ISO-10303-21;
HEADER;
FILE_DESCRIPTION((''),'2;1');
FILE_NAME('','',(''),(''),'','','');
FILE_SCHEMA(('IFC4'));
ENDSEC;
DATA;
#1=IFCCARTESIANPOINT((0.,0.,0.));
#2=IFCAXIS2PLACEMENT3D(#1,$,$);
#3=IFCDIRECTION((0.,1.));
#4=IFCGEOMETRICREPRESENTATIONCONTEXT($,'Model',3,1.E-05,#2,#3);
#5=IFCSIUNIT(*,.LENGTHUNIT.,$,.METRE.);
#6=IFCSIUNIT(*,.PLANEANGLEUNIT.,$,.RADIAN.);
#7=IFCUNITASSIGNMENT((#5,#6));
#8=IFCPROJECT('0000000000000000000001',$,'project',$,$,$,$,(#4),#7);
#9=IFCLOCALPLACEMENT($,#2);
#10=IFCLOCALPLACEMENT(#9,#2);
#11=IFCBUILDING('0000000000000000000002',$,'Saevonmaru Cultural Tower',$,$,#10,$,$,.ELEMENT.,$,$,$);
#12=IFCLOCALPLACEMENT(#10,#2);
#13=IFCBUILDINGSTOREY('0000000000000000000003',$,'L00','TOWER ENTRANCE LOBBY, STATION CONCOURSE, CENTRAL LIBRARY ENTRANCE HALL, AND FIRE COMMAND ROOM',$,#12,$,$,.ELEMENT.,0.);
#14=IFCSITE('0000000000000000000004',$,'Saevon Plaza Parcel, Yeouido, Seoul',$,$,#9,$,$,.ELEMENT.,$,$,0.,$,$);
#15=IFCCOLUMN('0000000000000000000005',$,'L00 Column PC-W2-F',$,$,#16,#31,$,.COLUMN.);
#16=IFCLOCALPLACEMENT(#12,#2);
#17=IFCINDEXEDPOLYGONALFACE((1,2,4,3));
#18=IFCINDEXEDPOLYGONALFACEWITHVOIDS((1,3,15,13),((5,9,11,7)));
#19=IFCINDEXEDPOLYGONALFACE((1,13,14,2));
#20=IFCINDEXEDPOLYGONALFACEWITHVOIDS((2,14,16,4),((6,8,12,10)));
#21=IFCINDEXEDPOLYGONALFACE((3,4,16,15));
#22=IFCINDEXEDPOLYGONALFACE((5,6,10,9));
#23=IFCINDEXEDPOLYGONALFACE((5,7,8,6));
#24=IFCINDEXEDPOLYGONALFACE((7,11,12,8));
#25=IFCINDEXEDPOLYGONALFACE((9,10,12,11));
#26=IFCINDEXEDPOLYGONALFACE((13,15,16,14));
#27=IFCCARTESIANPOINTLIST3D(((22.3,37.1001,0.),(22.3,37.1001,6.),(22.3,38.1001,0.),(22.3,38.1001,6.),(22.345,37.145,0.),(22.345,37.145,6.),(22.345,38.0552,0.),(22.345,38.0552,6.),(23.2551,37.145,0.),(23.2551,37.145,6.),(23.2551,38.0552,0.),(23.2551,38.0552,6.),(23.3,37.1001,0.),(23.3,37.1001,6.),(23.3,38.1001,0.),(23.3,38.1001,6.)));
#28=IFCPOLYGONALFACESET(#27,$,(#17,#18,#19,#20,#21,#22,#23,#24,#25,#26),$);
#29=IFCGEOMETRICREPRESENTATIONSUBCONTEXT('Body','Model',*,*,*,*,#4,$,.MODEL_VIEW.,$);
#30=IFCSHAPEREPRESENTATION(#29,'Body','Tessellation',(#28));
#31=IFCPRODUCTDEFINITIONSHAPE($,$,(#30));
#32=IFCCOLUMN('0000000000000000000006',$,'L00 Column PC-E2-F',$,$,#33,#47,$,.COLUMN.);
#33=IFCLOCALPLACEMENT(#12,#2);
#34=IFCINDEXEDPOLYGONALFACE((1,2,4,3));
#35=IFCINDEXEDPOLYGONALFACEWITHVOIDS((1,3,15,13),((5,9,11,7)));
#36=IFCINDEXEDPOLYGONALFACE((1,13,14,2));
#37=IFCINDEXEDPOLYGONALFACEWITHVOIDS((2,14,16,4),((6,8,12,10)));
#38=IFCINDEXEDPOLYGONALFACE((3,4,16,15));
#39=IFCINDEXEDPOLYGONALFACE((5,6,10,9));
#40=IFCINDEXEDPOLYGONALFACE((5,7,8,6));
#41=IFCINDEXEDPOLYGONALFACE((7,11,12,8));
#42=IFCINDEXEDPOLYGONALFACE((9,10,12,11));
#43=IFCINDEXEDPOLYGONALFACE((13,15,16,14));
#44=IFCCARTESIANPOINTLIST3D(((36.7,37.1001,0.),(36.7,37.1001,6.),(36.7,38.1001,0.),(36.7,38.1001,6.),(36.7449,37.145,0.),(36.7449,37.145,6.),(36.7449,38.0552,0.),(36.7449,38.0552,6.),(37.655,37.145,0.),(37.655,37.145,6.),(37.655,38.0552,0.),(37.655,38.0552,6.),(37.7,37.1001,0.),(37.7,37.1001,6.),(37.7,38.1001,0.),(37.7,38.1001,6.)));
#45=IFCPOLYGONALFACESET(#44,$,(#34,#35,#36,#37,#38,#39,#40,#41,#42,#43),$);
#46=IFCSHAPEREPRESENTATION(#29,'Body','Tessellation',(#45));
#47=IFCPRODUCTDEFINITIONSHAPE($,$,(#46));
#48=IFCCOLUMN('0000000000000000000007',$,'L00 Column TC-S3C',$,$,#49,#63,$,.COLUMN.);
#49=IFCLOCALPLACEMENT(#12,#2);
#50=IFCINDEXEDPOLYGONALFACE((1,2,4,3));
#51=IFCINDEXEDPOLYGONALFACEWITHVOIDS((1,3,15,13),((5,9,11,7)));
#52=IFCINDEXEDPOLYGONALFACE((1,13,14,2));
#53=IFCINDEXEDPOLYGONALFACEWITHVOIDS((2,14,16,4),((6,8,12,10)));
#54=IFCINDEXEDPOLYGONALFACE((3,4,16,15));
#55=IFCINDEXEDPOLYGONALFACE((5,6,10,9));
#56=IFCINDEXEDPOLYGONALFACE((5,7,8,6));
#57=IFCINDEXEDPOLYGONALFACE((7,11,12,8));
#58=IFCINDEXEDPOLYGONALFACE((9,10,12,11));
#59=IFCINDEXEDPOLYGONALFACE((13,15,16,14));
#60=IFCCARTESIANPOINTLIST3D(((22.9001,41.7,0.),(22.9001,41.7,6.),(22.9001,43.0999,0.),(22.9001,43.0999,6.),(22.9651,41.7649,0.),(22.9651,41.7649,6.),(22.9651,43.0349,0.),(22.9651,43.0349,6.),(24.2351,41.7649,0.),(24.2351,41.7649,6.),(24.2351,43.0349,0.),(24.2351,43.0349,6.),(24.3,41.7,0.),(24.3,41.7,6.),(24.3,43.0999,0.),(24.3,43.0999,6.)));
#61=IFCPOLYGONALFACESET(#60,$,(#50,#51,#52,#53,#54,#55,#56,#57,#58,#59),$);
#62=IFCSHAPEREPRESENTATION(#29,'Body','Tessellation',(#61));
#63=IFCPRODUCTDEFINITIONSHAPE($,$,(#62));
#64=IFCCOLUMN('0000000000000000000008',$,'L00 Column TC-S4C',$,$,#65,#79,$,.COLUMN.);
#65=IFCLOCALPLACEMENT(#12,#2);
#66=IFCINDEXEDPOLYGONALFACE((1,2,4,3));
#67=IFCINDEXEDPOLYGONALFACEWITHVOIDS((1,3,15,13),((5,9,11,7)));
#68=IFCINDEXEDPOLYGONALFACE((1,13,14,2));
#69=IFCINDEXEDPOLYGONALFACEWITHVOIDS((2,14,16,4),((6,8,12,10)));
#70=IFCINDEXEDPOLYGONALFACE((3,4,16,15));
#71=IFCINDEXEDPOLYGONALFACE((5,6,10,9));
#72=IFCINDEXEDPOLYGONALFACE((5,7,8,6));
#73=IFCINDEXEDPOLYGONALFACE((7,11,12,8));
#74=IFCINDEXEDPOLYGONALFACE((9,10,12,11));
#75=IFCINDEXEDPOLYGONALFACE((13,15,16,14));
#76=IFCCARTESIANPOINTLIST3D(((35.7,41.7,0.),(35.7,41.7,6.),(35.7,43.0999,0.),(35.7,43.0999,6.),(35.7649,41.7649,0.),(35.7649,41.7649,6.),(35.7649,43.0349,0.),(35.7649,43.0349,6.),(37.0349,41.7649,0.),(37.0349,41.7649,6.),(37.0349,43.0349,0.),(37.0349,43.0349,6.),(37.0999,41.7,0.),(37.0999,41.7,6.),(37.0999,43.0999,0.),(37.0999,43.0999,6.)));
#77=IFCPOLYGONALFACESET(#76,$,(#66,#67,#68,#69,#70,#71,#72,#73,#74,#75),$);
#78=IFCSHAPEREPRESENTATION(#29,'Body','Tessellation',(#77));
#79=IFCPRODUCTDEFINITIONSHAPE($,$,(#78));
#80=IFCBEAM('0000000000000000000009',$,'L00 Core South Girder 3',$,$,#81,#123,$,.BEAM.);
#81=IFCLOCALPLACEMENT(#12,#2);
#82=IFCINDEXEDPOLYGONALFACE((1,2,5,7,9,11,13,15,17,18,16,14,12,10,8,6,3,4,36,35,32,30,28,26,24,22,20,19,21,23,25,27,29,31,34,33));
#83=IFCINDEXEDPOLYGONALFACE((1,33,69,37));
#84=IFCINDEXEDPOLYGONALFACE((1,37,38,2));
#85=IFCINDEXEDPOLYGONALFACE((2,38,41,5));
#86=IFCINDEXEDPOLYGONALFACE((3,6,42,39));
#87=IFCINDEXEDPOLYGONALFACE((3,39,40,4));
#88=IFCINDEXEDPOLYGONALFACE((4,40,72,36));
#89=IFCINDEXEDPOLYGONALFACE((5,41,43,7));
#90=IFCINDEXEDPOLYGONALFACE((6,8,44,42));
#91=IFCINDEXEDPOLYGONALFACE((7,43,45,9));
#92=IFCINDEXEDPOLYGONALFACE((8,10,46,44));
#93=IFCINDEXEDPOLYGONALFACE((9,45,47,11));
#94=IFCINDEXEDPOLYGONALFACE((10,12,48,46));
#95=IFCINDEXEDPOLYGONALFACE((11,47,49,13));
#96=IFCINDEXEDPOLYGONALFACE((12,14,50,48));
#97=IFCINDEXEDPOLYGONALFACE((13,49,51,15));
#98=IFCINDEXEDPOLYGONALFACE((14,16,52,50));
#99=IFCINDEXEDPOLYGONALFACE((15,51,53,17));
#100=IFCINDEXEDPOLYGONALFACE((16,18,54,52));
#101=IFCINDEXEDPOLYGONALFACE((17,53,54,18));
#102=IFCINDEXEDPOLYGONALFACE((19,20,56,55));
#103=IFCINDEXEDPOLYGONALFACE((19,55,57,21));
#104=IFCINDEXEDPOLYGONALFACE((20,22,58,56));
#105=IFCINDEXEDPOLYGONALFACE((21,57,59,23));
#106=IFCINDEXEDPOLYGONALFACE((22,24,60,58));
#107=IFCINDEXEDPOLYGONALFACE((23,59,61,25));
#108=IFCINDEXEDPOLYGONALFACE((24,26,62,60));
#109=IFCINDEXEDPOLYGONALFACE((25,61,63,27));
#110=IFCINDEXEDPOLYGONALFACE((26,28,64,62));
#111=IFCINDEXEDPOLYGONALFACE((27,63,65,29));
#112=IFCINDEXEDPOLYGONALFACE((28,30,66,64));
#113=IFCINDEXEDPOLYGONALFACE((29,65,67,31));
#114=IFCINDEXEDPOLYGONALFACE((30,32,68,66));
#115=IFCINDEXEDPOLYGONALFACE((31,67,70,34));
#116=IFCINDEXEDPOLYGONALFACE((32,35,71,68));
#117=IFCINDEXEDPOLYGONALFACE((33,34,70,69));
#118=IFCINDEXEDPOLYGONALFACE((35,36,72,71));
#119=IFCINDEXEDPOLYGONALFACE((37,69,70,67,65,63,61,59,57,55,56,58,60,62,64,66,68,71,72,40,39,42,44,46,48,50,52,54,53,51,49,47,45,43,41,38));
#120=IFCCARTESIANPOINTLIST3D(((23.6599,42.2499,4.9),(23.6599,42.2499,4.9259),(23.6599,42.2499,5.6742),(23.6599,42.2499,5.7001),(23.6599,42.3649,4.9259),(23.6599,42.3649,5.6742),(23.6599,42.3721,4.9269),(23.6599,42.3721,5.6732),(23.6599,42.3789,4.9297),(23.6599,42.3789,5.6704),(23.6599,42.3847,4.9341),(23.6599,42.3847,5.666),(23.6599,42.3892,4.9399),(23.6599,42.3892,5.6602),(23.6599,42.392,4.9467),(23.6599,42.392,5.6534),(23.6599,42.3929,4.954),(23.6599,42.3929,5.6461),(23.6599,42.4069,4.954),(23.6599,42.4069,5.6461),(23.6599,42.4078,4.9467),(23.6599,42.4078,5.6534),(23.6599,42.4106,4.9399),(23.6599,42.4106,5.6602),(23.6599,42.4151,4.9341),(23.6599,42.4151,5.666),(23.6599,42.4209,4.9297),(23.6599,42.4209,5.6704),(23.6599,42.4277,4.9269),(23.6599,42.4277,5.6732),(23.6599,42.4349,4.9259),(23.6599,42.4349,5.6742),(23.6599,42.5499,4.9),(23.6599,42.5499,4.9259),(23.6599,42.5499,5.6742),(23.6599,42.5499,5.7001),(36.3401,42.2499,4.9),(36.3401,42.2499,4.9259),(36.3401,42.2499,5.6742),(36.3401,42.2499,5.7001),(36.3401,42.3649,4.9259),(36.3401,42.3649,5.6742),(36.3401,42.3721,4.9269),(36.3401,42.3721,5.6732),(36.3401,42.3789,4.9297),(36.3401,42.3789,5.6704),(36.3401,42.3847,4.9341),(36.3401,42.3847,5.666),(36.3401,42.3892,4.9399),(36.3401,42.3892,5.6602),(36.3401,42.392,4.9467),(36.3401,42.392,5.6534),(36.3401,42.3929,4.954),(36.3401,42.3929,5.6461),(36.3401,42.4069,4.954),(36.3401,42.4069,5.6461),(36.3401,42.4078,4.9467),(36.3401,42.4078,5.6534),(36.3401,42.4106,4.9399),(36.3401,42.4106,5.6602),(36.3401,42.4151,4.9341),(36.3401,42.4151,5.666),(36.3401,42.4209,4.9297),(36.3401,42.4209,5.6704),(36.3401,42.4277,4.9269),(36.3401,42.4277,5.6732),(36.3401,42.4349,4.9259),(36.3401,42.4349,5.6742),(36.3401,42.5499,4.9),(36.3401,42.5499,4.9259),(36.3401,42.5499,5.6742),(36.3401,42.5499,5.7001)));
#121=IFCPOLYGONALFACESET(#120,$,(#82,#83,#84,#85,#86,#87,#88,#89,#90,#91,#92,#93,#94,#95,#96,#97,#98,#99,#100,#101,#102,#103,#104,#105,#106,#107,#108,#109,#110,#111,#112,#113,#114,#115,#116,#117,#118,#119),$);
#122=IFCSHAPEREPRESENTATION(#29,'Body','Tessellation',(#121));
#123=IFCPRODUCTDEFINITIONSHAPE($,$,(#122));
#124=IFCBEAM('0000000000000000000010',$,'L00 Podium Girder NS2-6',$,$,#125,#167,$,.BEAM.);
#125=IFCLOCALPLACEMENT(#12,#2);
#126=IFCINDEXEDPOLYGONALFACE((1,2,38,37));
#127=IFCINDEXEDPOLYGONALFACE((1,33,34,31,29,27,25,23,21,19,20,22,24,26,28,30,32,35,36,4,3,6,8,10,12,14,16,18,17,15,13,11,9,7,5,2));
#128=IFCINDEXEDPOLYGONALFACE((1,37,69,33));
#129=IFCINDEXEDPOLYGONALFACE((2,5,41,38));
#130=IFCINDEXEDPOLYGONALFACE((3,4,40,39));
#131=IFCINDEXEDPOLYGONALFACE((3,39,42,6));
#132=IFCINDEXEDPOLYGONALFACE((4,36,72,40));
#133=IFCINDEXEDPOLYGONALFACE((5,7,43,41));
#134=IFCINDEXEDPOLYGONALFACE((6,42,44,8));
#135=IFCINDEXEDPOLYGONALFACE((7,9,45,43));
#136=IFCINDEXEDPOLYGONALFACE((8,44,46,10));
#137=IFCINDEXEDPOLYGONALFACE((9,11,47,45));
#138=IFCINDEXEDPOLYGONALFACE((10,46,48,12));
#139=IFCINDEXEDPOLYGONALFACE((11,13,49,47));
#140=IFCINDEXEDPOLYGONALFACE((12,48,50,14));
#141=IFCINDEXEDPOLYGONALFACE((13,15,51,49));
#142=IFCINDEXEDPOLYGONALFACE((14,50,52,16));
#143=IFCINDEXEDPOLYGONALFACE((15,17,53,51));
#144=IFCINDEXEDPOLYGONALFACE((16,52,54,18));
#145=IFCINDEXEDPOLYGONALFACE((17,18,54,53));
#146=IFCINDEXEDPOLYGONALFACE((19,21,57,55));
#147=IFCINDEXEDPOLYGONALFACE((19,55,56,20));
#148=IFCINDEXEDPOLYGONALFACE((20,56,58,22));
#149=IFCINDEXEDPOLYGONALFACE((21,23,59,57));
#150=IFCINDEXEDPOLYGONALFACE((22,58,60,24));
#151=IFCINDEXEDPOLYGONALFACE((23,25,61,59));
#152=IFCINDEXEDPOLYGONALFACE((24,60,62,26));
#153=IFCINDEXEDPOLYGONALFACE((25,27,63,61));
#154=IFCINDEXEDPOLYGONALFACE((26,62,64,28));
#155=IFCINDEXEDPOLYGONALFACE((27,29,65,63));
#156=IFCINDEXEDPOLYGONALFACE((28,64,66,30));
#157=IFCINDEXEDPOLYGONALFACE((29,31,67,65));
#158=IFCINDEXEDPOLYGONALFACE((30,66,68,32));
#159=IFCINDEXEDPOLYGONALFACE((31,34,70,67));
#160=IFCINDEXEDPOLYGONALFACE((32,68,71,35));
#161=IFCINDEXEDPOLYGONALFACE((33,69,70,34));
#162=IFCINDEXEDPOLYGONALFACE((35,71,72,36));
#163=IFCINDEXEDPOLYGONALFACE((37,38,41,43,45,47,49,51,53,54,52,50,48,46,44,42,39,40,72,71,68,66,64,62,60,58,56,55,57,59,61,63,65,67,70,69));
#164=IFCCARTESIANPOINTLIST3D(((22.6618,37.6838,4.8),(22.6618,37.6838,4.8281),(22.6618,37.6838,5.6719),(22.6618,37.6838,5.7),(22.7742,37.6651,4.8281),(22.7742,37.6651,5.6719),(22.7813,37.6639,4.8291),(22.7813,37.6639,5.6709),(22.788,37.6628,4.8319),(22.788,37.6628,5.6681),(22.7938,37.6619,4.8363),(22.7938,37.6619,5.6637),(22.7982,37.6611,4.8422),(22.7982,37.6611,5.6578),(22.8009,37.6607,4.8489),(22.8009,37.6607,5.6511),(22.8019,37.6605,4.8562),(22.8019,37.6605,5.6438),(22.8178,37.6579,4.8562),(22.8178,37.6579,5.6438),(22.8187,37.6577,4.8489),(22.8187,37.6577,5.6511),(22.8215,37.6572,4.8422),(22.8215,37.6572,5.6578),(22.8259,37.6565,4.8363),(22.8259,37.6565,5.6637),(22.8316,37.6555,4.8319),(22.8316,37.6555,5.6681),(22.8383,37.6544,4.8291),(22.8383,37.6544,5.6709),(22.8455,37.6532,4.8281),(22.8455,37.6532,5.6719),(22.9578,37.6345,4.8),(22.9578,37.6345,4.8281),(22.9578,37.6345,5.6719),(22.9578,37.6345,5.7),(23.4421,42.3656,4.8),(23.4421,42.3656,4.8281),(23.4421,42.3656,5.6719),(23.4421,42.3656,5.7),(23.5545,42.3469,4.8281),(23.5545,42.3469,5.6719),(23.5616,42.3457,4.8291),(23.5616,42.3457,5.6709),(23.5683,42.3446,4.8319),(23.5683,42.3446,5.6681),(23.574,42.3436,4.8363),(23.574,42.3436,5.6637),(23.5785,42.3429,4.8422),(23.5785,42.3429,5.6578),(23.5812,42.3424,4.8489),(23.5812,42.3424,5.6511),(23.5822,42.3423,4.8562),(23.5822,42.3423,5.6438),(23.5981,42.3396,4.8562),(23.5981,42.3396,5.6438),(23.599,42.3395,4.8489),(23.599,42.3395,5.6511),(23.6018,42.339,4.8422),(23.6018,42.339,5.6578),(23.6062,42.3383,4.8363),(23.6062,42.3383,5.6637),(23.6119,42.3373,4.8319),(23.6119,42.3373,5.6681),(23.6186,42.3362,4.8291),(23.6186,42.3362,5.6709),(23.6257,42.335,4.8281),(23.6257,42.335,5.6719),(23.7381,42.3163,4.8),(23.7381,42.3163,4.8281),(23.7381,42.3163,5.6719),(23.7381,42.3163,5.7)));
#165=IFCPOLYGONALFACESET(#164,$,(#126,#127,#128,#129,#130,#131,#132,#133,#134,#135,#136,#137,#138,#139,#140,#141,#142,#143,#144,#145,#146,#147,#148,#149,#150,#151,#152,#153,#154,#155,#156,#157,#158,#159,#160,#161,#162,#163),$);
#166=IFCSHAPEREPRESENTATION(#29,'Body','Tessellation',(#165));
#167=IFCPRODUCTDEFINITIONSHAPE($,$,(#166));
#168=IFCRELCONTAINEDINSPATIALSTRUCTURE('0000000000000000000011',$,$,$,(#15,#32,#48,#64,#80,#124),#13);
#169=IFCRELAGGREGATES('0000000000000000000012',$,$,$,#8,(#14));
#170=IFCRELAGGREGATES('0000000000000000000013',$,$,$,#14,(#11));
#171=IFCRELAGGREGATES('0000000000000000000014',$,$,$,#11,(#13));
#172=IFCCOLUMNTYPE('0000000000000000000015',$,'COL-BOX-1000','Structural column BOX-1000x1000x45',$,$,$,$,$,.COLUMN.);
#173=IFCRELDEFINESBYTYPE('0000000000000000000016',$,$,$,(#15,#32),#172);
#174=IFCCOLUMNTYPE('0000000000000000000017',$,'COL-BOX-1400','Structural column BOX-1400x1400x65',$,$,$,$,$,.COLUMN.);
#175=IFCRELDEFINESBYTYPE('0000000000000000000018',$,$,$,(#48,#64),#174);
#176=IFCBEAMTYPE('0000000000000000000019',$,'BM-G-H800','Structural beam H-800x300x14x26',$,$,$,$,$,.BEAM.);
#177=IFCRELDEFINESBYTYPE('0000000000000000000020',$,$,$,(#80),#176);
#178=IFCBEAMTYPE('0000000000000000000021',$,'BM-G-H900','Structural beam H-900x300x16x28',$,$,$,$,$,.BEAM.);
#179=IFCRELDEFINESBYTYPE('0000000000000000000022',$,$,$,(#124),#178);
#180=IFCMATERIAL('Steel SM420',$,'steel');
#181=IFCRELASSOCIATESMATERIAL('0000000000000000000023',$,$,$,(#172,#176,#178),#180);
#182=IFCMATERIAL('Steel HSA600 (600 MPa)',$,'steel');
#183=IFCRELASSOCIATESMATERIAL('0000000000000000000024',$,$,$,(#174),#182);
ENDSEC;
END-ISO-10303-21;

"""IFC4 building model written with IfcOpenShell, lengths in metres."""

from ifc_helpers import new_model, si_unit, direction, frame, origin, origin_2d, place, context, subcontext, project, spatial, hollow_rectangle, i_section, extrude, material, material_profile, profile_set, type_object, element, save


model = new_model("IFC4")

# Units and contexts
model_context = context("Model", 3, precision=1e-05, world=origin(), true_north=direction((0.0, 1.0)))
body_context = subcontext(model_context, "Body", "Model", "MODEL_VIEW")
ifc_project = project(units=[si_unit("LENGTHUNIT", "METRE"), si_unit("PLANEANGLEUNIT", "RADIAN")], contexts=[model_context])

# Site, building, storey
site_placement = place(None, origin())
site = spatial("IfcSite", under=ifc_project, at=site_placement, Name="Saevon Plaza Parcel, Yeouido, Seoul", CompositionType="ELEMENT", RefElevation=0.0)
building_placement = place(site_placement, origin())
building = spatial("IfcBuilding", under=site, at=building_placement, Name="Saevonmaru Cultural Tower", CompositionType="ELEMENT")
storey_placement = place(building_placement, origin())
storey = spatial("IfcBuildingStorey", under=building, at=storey_placement, Name="L00", Description="TOWER ENTRANCE LOBBY, STATION CONCOURSE, CENTRAL LIBRARY ENTRANCE HALL, AND FIRE COMMAND ROOM", CompositionType="ELEMENT", Elevation=0.0)

# Columns
ifc_material_1 = material(Name="Steel SM420", Category="steel")
ifc_material_profile_1 = material_profile(ifc_material_1, hollow_rectangle(XDim=1.0, YDim=1.0, WallThickness=0.0449, at=origin_2d()), Name="BOX-1000x1000x45")
ifc_profile_set_1 = profile_set([ifc_material_profile_1], Name="Steel SM420")
column_type_1 = type_object("IfcColumnType", Name="COL-BOX-1000", Description="Structural column BOX-1000x1000x45", PredefinedType="COLUMN", material=ifc_profile_set_1)
for number, where, z_axis, x_axis, name in (
    (1, (22.8, 37.6001, 0.0), (0.0, 0.0, 1.0), (1.0, 0.0, 0.0), "L00 Column PC-W2-F"),
    (2, (37.2, 37.6001, 0.0), (0.0, 0.0, 1.0), (1.0, 0.0, 0.0), "L00 Column PC-E2-F"),
):
    element("IfcColumn", number, at=place(storey_placement, frame(where, z_axis=z_axis, x_axis=x_axis)), inside=storey, type_object=column_type_1, Name=name, PredefinedType="COLUMN", context=body_context, shape_type="SweptSolid", body=[
        extrude(hollow_rectangle(XDim=1.0, YDim=1.0, WallThickness=0.0449, at=origin_2d()), origin(), (0.0, 0.0, 1.0), 6.0),
    ])
ifc_material_2 = material(Name="Steel HSA600 (600 MPa)", Category="steel")
ifc_material_profile_2 = material_profile(ifc_material_2, hollow_rectangle(XDim=1.3999, YDim=1.3999, WallThickness=0.0649, at=origin_2d()), Name="BOX-1400x1400x65")
ifc_profile_set_2 = profile_set([ifc_material_profile_2], Name="Steel HSA600 (600 MPa)")
column_type_2 = type_object("IfcColumnType", Name="COL-BOX-1400", Description="Structural column BOX-1400x1400x65", PredefinedType="COLUMN", material=ifc_profile_set_2)
for number, where, z_axis, x_axis, name in (
    (3, (23.6001, 42.3999, 0.0), (0.0, 0.0, 1.0), (1.0, 0.0, 0.0), "L00 Column TC-S3C"),
    (4, (36.3999, 42.3999, 0.0), (0.0, 0.0, 1.0), (1.0, 0.0, 0.0), "L00 Column TC-S4C"),
):
    element("IfcColumn", number, at=place(storey_placement, frame(where, z_axis=z_axis, x_axis=x_axis)), inside=storey, type_object=column_type_2, Name=name, PredefinedType="COLUMN", context=body_context, shape_type="SweptSolid", body=[
        extrude(hollow_rectangle(XDim=1.3999, YDim=1.3999, WallThickness=0.0649, at=origin_2d()), origin(), (0.0, 0.0, 1.0), 6.0),
    ])

# Beams
ifc_material_profile_3 = material_profile(ifc_material_1, i_section(OverallWidth=0.3, OverallDepth=0.8, WebThickness=0.0139, FlangeThickness=0.0259, FilletRadius=0.0281, at=origin_2d()), Name="H-800x300x14x26")
ifc_profile_set_3 = profile_set([ifc_material_profile_3], Name="Steel SM420")
beam_type_1 = type_object("IfcBeamType", Name="BM-G-H800", Description="Structural beam H-800x300x14x26", PredefinedType="BEAM", material=ifc_profile_set_3)
beam_placement = place(storey_placement, frame((23.6599, 42.3999, 5.3), z_axis=(1.0, 0.0, 0.0), x_axis=(0.0, 1.0, 0.0)))
element("IfcBeam", 5, at=beam_placement, inside=storey, type_object=beam_type_1, Name="L00 Core South Girder 3", PredefinedType="BEAM", context=body_context, shape_type="SweptSolid", body=[
    extrude(i_section(OverallWidth=0.3, OverallDepth=0.8, WebThickness=0.0139, FlangeThickness=0.0259, FilletRadius=0.0281, at=origin_2d()), origin(), (0.0, 0.0, 1.0), 12.6802),
])
ifc_material_profile_4 = material_profile(ifc_material_1, i_section(OverallWidth=0.3, OverallDepth=0.8999, WebThickness=0.0161, FlangeThickness=0.0281, FilletRadius=0.0281, at=origin_2d()), Name="H-900x300x16x28")
ifc_profile_set_4 = profile_set([ifc_material_profile_4], Name="Steel SM420")
beam_type_2 = type_object("IfcBeamType", Name="BM-G-H900", Description="Structural beam H-900x300x16x28", PredefinedType="BEAM", material=ifc_profile_set_4)
for number, where, z_axis, x_axis, name in (
    (6, (22.8098, 37.6592, 5.25), (0.164399, 0.986394, 0.0), (-0.986394, 0.164399, 0.0), "L00 Podium Girder NS2-6"),
):
    element("IfcBeam", number, at=place(storey_placement, frame(where, z_axis=z_axis, x_axis=x_axis)), inside=storey, type_object=beam_type_2, Name=name, PredefinedType="BEAM", context=body_context, shape_type="SweptSolid", body=[
        extrude(i_section(OverallWidth=0.3, OverallDepth=0.8999, WebThickness=0.0161, FlangeThickness=0.0281, FilletRadius=0.0281, at=origin_2d()), origin(), (0.0, 0.0, 1.0), 4.7463),
    ])

save(model, "model.ifc")
